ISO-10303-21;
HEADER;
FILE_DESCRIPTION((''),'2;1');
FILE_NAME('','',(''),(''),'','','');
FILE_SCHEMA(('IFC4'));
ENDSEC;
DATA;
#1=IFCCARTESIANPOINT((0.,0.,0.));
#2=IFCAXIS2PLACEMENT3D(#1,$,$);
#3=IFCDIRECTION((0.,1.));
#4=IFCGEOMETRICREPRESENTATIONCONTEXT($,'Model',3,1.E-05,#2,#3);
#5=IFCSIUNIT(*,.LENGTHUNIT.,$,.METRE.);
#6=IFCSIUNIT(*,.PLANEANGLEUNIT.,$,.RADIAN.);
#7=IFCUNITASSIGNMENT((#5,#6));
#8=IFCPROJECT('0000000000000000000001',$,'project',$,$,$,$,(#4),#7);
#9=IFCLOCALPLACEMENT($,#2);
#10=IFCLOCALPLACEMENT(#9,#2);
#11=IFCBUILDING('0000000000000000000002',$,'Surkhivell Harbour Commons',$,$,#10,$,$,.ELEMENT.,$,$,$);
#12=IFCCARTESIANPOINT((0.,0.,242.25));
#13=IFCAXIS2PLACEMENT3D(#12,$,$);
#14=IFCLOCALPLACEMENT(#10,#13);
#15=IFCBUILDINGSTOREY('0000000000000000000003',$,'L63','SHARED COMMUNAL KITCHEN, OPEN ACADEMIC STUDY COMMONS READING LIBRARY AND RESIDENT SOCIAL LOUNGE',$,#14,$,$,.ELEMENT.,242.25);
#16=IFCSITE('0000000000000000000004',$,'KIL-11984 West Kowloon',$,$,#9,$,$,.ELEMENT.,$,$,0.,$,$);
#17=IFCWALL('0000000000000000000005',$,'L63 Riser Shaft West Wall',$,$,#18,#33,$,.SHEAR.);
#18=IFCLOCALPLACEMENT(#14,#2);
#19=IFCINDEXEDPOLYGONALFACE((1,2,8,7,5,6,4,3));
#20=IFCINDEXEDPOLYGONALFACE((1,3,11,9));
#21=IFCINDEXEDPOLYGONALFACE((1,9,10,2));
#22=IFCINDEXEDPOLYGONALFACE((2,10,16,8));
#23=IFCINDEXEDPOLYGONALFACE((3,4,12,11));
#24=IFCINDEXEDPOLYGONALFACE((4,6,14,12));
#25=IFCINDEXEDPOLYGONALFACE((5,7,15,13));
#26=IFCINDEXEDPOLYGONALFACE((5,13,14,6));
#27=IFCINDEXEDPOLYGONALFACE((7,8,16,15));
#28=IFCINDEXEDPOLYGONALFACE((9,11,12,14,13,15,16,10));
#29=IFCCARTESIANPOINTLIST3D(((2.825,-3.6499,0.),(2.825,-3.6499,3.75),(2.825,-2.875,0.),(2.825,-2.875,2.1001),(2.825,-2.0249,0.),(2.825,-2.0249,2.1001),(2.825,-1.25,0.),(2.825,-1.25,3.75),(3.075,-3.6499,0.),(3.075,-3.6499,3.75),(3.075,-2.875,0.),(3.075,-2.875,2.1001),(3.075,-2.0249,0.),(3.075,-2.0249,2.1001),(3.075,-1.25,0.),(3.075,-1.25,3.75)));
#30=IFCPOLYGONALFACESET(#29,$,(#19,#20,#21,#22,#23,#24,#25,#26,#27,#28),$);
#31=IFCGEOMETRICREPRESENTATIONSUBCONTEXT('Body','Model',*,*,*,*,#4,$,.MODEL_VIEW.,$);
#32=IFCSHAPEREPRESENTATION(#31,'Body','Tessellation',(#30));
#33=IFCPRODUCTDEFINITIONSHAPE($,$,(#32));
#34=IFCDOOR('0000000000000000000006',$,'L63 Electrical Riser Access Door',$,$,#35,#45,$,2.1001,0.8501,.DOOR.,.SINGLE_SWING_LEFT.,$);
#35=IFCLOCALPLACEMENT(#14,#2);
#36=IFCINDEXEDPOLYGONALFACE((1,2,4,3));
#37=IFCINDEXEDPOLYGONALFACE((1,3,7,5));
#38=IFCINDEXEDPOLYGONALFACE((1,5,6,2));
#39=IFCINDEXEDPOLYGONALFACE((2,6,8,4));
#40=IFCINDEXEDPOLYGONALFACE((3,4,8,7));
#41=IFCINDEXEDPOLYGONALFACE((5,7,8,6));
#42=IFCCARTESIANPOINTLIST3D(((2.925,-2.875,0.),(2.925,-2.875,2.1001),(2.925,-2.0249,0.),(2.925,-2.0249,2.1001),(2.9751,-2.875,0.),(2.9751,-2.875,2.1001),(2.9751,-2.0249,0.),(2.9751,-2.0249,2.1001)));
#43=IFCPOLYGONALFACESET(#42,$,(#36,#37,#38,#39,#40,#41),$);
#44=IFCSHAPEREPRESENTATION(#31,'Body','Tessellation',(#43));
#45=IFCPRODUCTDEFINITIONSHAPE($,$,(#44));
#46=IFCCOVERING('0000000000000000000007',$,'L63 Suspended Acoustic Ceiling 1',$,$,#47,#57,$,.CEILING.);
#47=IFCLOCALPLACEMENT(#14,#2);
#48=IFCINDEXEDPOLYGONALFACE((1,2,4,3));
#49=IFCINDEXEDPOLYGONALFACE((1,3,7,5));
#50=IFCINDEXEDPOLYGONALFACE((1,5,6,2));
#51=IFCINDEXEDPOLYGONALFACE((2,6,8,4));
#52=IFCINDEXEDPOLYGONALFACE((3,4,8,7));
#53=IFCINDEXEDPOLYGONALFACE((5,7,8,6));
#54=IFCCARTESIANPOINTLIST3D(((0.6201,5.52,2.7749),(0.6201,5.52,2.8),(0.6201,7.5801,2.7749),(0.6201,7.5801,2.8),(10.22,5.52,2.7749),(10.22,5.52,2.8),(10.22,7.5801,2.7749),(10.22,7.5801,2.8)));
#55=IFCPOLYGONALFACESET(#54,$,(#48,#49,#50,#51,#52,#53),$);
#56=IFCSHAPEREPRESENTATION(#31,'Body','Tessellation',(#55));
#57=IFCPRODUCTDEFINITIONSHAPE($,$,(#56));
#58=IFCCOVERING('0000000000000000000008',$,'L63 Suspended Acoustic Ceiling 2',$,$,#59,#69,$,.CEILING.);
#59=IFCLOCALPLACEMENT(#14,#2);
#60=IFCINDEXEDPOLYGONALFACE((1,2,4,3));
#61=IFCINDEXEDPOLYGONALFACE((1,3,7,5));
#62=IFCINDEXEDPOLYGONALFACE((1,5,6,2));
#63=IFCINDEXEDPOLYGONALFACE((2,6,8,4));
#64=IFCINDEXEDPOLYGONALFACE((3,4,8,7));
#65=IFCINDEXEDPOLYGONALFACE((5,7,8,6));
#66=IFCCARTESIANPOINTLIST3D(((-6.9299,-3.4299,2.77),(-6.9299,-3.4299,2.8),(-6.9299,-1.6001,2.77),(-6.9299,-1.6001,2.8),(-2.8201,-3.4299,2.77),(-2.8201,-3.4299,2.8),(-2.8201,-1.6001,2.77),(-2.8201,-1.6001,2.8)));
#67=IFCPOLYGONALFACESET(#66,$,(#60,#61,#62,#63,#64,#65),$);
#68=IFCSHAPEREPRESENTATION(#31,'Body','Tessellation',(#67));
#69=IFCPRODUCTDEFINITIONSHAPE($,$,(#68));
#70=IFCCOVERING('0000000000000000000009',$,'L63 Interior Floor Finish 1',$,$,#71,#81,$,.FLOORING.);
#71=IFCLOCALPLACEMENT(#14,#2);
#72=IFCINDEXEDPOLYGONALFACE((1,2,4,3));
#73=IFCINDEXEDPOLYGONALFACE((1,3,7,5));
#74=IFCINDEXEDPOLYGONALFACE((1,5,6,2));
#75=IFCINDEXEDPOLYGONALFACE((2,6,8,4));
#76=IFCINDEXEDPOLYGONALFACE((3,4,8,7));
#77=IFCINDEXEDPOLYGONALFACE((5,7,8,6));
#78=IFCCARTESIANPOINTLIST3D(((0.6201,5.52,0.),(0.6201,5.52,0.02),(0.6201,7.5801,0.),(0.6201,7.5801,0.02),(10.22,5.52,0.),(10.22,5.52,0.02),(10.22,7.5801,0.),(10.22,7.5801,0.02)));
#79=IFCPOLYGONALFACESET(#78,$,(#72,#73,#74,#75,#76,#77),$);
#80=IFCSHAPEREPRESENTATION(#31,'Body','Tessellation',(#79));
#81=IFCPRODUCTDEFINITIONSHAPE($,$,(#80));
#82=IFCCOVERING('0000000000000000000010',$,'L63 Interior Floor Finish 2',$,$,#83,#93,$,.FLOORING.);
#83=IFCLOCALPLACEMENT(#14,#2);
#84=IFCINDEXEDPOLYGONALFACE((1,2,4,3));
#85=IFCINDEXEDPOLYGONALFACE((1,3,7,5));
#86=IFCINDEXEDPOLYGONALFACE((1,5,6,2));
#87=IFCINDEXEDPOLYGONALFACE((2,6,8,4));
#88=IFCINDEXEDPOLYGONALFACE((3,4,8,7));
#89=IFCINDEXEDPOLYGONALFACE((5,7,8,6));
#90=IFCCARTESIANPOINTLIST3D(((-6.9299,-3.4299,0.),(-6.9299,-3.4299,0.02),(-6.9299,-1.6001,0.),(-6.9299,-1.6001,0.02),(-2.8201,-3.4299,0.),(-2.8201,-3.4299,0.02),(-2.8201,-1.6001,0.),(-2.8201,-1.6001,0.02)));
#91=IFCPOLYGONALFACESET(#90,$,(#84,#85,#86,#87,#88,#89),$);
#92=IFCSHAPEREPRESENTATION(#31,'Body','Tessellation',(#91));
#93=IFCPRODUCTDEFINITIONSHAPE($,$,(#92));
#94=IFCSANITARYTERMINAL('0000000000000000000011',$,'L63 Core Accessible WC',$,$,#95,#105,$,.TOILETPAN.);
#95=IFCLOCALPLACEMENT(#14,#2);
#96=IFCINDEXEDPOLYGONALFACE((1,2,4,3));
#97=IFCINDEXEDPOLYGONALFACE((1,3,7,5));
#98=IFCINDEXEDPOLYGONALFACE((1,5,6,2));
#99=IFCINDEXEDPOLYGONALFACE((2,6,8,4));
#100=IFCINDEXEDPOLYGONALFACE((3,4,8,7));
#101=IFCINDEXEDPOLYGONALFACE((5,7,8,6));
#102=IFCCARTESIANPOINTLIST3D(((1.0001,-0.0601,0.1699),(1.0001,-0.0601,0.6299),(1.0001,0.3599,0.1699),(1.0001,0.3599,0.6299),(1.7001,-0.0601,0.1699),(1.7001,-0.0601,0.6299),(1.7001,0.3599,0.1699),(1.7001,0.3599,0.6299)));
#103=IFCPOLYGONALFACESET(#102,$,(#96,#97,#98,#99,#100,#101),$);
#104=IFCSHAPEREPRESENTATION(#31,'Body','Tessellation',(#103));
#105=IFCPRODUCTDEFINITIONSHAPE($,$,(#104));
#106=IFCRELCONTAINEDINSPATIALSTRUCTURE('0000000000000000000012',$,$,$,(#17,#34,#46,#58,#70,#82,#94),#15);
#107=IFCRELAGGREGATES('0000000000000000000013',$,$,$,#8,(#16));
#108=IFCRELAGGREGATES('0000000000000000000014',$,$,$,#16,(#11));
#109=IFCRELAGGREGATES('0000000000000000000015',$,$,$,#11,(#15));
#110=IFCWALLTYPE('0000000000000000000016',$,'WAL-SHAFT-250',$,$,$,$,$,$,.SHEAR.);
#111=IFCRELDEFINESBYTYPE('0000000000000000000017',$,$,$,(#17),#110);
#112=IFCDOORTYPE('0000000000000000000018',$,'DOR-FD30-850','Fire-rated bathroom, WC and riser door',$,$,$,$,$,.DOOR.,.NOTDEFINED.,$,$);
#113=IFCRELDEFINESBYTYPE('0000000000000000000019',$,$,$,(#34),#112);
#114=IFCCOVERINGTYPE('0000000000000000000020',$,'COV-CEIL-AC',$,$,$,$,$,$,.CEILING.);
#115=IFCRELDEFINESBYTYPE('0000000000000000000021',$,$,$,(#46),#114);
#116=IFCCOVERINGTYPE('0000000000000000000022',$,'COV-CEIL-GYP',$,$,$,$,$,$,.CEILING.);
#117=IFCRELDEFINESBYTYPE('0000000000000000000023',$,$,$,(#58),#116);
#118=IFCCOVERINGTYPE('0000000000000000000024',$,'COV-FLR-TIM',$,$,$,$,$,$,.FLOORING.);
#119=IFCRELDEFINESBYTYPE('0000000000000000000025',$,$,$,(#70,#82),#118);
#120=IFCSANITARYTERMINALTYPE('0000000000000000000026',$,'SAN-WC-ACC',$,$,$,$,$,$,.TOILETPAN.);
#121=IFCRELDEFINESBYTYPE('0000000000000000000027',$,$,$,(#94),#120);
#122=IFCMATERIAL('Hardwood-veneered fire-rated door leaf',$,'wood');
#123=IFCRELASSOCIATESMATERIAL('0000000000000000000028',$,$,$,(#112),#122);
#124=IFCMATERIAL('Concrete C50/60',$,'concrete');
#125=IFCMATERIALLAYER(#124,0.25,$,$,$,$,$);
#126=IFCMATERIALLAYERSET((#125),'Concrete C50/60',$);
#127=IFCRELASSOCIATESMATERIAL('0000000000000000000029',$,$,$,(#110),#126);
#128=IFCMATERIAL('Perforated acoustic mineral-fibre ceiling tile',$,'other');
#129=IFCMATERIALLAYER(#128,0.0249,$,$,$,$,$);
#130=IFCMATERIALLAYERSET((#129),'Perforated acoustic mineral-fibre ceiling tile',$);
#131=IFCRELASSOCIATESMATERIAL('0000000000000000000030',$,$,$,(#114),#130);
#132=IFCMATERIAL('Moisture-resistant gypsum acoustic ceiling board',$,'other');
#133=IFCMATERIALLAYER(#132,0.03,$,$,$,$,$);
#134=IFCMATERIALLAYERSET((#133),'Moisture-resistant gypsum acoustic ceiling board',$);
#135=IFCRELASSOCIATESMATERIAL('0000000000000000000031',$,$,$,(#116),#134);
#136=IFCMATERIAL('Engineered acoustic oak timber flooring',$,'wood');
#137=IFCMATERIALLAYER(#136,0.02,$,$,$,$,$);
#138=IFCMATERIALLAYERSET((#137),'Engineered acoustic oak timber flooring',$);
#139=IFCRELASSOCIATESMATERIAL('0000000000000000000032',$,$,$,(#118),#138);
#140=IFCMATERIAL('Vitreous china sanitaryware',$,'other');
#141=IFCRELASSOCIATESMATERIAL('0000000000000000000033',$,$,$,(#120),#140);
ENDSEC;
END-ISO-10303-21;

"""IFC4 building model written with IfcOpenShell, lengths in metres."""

from ifc_helpers import new_model, si_unit, direction, frame, frame_2d, origin, origin_2d, place, context, subcontext, project, spatial, polyline, rectangle, outline, extrude, material, layer, layer_set, type_object, element, fill, save


model = new_model("IFC4")

# Units and contexts
model_context = context("Model", 3, precision=1e-05, world=origin(), true_north=direction((0.0, 1.0)))
body_context = subcontext(model_context, "Body", "Model", "MODEL_VIEW")
ifc_project = project(units=[si_unit("LENGTHUNIT", "METRE"), si_unit("PLANEANGLEUNIT", "RADIAN")], contexts=[model_context])

# Site, building, storey
site_placement = place(None, origin())
site = spatial("IfcSite", under=ifc_project, at=site_placement, Name="KIL-11984 West Kowloon", CompositionType="ELEMENT", RefElevation=0.0)
building_placement = place(site_placement, origin())
building = spatial("IfcBuilding", under=site, at=building_placement, Name="Surkhivell Harbour Commons", CompositionType="ELEMENT")
storey_placement = place(building_placement, frame((0.0, 0.0, 242.25)))
storey = spatial("IfcBuildingStorey", under=building, at=storey_placement, Name="L63", Description="SHARED COMMUNAL KITCHEN, OPEN ACADEMIC STUDY COMMONS READING LIBRARY AND RESIDENT SOCIAL LOUNGE", CompositionType="ELEMENT", Elevation=242.25)

# Shared definitions
ifc_material_1 = material(Name="Hardwood-veneered fire-rated door leaf", Category="wood")
door_type_1 = type_object("IfcDoorType", Name="DOR-FD30-850", Description="Fire-rated bathroom, WC and riser door", OperationType="NOTDEFINED", PredefinedType="DOOR", material=ifc_material_1)

# Shared definitions
ifc_material_2 = material(Name="Concrete C50/60", Category="concrete")
ifc_layer_1 = layer(ifc_material_2, 0.25)
ifc_layer_set_1 = layer_set([ifc_layer_1], Name="Concrete C50/60")
wall_type_1 = type_object("IfcWallType", Name="WAL-SHAFT-250", PredefinedType="SHEAR", material=ifc_layer_set_1)

# Wall, opening, door
wall_1_placement = place(storey_placement, frame((2.95, -3.6499, 0.0), z_axis=(0.0, 0.0, 1.0), x_axis=(0.0, 1.0, 0.0)))
wall_1 = element("IfcWall", 1, at=wall_1_placement, inside=storey, type_object=wall_type_1, Name="L63 Riser Shaft West Wall", PredefinedType="SHEAR", context=body_context, shape_type="SweptSolid", body=[
    extrude(rectangle(XDim=2.3999, YDim=0.25, at=frame_2d((1.2, 0.0))), origin(), (0.0, 0.0, 1.0), 3.75),
])
opening_1_placement = place(wall_1_placement, frame((0.7749, 0.0, 0.0)))
opening_1 = element("IfcOpeningElement", 2, at=opening_1_placement, cuts=wall_1, PredefinedType="OPENING", context=body_context, shape_type="SweptSolid", body=[
    extrude(rectangle(XDim=0.8501, YDim=2.1001, at=frame_2d((0.425, 1.05))), frame((0.0, 0.135, 0.0), z_axis=(0.0, -1.0, 0.0), x_axis=(1.0, 0.0, 0.0)), (0.0, 0.0, 1.0), 0.27),
])
door_1_placement = place(opening_1_placement, origin())
door_1 = element("IfcDoor", 3, at=door_1_placement, inside=storey, type_object=door_type_1, Name="L63 Electrical Riser Access Door", OperationType="SINGLE_SWING_LEFT", OverallHeight=2.1001, OverallWidth=0.8501, PredefinedType="DOOR", context=body_context, shape_type="SweptSolid", body=[
    extrude(rectangle(XDim=0.8501, YDim=2.1001, at=frame_2d((0.425, 1.05))), frame((0.0, 0.0249, 0.0), z_axis=(0.0, -1.0, 0.0), x_axis=(1.0, 0.0, 0.0)), (0.0, 0.0, 1.0), 0.05),
])
fill(opening_1, door_1)

# Coverings
ifc_material_3 = material(Name="Perforated acoustic mineral-fibre ceiling tile", Category="other")
ifc_layer_2 = layer(ifc_material_3, 0.0249)
ifc_layer_set_2 = layer_set([ifc_layer_2], Name="Perforated acoustic mineral-fibre ceiling tile")
covering_type_1 = type_object("IfcCoveringType", Name="COV-CEIL-AC", PredefinedType="CEILING", material=ifc_layer_set_2)
covering_1_placement = place(storey_placement, frame((0.0, 0.0, 2.7749)))
element("IfcCovering", 4, at=covering_1_placement, inside=storey, type_object=covering_type_1, Name="L63 Suspended Acoustic Ceiling 1", PredefinedType="CEILING", context=body_context, shape_type="SweptSolid", body=[
    extrude(outline(polyline([(0.6201, 5.52), (10.22, 5.52), (10.22, 7.5801), (0.6201, 7.5801), (0.6201, 5.52)])), origin(), (0.0, 0.0, 1.0), 0.0251),
])
ifc_material_4 = material(Name="Moisture-resistant gypsum acoustic ceiling board", Category="other")
ifc_layer_3 = layer(ifc_material_4, 0.03)
ifc_layer_set_3 = layer_set([ifc_layer_3], Name="Moisture-resistant gypsum acoustic ceiling board")
covering_type_2 = type_object("IfcCoveringType", Name="COV-CEIL-GYP", PredefinedType="CEILING", material=ifc_layer_set_3)
covering_2_placement = place(storey_placement, frame((0.0, 0.0, 2.77)))
element("IfcCovering", 5, at=covering_2_placement, inside=storey, type_object=covering_type_2, Name="L63 Suspended Acoustic Ceiling 2", PredefinedType="CEILING", context=body_context, shape_type="SweptSolid", body=[
    extrude(outline(polyline([(-6.9299, -3.4299), (-2.8201, -3.4299), (-2.8201, -1.6001), (-6.9299, -1.6001), (-6.9299, -3.4299)])), origin(), (0.0, 0.0, 1.0), 0.03),
])
ifc_material_5 = material(Name="Engineered acoustic oak timber flooring", Category="wood")
ifc_layer_4 = layer(ifc_material_5, 0.02)
ifc_layer_set_4 = layer_set([ifc_layer_4], Name="Engineered acoustic oak timber flooring")
covering_type_3 = type_object("IfcCoveringType", Name="COV-FLR-TIM", PredefinedType="FLOORING", material=ifc_layer_set_4)
covering_3_placement = place(storey_placement, origin())
element("IfcCovering", 6, at=covering_3_placement, inside=storey, type_object=covering_type_3, Name="L63 Interior Floor Finish 1", PredefinedType="FLOORING", context=body_context, shape_type="SweptSolid", body=[
    extrude(outline(polyline([(0.6201, 5.52), (10.22, 5.52), (10.22, 7.5801), (0.6201, 7.5801), (0.6201, 5.52)])), origin(), (0.0, 0.0, 1.0), 0.02),
])
covering_4_placement = place(storey_placement, origin())
element("IfcCovering", 7, at=covering_4_placement, inside=storey, type_object=covering_type_3, Name="L63 Interior Floor Finish 2", PredefinedType="FLOORING", context=body_context, shape_type="SweptSolid", body=[
    extrude(outline(polyline([(-6.9299, -3.4299), (-2.8201, -3.4299), (-2.8201, -1.6001), (-6.9299, -1.6001), (-6.9299, -3.4299)])), origin(), (0.0, 0.0, 1.0), 0.02),
])

# Sanitary terminal
ifc_material_6 = material(Name="Vitreous china sanitaryware", Category="other")
sanitary_terminal_type = type_object("IfcSanitaryTerminalType", Name="SAN-WC-ACC", PredefinedType="TOILETPAN", material=ifc_material_6)
sanitary_terminal_placement = place(storey_placement, frame((1.3501, 0.1499, 0.1699), z_axis=(0.0, 0.0, 1.0), x_axis=(1.0, 0.0, 0.0)))
element("IfcSanitaryTerminal", 8, at=sanitary_terminal_placement, inside=storey, type_object=sanitary_terminal_type, Name="L63 Core Accessible WC", PredefinedType="TOILETPAN", context=body_context, shape_type="SweptSolid", body=[
    extrude(rectangle(XDim=0.7, YDim=0.4199, at=origin_2d()), origin(), (0.0, 0.0, 1.0), 0.46),
])

save(model, "model.ifc")
